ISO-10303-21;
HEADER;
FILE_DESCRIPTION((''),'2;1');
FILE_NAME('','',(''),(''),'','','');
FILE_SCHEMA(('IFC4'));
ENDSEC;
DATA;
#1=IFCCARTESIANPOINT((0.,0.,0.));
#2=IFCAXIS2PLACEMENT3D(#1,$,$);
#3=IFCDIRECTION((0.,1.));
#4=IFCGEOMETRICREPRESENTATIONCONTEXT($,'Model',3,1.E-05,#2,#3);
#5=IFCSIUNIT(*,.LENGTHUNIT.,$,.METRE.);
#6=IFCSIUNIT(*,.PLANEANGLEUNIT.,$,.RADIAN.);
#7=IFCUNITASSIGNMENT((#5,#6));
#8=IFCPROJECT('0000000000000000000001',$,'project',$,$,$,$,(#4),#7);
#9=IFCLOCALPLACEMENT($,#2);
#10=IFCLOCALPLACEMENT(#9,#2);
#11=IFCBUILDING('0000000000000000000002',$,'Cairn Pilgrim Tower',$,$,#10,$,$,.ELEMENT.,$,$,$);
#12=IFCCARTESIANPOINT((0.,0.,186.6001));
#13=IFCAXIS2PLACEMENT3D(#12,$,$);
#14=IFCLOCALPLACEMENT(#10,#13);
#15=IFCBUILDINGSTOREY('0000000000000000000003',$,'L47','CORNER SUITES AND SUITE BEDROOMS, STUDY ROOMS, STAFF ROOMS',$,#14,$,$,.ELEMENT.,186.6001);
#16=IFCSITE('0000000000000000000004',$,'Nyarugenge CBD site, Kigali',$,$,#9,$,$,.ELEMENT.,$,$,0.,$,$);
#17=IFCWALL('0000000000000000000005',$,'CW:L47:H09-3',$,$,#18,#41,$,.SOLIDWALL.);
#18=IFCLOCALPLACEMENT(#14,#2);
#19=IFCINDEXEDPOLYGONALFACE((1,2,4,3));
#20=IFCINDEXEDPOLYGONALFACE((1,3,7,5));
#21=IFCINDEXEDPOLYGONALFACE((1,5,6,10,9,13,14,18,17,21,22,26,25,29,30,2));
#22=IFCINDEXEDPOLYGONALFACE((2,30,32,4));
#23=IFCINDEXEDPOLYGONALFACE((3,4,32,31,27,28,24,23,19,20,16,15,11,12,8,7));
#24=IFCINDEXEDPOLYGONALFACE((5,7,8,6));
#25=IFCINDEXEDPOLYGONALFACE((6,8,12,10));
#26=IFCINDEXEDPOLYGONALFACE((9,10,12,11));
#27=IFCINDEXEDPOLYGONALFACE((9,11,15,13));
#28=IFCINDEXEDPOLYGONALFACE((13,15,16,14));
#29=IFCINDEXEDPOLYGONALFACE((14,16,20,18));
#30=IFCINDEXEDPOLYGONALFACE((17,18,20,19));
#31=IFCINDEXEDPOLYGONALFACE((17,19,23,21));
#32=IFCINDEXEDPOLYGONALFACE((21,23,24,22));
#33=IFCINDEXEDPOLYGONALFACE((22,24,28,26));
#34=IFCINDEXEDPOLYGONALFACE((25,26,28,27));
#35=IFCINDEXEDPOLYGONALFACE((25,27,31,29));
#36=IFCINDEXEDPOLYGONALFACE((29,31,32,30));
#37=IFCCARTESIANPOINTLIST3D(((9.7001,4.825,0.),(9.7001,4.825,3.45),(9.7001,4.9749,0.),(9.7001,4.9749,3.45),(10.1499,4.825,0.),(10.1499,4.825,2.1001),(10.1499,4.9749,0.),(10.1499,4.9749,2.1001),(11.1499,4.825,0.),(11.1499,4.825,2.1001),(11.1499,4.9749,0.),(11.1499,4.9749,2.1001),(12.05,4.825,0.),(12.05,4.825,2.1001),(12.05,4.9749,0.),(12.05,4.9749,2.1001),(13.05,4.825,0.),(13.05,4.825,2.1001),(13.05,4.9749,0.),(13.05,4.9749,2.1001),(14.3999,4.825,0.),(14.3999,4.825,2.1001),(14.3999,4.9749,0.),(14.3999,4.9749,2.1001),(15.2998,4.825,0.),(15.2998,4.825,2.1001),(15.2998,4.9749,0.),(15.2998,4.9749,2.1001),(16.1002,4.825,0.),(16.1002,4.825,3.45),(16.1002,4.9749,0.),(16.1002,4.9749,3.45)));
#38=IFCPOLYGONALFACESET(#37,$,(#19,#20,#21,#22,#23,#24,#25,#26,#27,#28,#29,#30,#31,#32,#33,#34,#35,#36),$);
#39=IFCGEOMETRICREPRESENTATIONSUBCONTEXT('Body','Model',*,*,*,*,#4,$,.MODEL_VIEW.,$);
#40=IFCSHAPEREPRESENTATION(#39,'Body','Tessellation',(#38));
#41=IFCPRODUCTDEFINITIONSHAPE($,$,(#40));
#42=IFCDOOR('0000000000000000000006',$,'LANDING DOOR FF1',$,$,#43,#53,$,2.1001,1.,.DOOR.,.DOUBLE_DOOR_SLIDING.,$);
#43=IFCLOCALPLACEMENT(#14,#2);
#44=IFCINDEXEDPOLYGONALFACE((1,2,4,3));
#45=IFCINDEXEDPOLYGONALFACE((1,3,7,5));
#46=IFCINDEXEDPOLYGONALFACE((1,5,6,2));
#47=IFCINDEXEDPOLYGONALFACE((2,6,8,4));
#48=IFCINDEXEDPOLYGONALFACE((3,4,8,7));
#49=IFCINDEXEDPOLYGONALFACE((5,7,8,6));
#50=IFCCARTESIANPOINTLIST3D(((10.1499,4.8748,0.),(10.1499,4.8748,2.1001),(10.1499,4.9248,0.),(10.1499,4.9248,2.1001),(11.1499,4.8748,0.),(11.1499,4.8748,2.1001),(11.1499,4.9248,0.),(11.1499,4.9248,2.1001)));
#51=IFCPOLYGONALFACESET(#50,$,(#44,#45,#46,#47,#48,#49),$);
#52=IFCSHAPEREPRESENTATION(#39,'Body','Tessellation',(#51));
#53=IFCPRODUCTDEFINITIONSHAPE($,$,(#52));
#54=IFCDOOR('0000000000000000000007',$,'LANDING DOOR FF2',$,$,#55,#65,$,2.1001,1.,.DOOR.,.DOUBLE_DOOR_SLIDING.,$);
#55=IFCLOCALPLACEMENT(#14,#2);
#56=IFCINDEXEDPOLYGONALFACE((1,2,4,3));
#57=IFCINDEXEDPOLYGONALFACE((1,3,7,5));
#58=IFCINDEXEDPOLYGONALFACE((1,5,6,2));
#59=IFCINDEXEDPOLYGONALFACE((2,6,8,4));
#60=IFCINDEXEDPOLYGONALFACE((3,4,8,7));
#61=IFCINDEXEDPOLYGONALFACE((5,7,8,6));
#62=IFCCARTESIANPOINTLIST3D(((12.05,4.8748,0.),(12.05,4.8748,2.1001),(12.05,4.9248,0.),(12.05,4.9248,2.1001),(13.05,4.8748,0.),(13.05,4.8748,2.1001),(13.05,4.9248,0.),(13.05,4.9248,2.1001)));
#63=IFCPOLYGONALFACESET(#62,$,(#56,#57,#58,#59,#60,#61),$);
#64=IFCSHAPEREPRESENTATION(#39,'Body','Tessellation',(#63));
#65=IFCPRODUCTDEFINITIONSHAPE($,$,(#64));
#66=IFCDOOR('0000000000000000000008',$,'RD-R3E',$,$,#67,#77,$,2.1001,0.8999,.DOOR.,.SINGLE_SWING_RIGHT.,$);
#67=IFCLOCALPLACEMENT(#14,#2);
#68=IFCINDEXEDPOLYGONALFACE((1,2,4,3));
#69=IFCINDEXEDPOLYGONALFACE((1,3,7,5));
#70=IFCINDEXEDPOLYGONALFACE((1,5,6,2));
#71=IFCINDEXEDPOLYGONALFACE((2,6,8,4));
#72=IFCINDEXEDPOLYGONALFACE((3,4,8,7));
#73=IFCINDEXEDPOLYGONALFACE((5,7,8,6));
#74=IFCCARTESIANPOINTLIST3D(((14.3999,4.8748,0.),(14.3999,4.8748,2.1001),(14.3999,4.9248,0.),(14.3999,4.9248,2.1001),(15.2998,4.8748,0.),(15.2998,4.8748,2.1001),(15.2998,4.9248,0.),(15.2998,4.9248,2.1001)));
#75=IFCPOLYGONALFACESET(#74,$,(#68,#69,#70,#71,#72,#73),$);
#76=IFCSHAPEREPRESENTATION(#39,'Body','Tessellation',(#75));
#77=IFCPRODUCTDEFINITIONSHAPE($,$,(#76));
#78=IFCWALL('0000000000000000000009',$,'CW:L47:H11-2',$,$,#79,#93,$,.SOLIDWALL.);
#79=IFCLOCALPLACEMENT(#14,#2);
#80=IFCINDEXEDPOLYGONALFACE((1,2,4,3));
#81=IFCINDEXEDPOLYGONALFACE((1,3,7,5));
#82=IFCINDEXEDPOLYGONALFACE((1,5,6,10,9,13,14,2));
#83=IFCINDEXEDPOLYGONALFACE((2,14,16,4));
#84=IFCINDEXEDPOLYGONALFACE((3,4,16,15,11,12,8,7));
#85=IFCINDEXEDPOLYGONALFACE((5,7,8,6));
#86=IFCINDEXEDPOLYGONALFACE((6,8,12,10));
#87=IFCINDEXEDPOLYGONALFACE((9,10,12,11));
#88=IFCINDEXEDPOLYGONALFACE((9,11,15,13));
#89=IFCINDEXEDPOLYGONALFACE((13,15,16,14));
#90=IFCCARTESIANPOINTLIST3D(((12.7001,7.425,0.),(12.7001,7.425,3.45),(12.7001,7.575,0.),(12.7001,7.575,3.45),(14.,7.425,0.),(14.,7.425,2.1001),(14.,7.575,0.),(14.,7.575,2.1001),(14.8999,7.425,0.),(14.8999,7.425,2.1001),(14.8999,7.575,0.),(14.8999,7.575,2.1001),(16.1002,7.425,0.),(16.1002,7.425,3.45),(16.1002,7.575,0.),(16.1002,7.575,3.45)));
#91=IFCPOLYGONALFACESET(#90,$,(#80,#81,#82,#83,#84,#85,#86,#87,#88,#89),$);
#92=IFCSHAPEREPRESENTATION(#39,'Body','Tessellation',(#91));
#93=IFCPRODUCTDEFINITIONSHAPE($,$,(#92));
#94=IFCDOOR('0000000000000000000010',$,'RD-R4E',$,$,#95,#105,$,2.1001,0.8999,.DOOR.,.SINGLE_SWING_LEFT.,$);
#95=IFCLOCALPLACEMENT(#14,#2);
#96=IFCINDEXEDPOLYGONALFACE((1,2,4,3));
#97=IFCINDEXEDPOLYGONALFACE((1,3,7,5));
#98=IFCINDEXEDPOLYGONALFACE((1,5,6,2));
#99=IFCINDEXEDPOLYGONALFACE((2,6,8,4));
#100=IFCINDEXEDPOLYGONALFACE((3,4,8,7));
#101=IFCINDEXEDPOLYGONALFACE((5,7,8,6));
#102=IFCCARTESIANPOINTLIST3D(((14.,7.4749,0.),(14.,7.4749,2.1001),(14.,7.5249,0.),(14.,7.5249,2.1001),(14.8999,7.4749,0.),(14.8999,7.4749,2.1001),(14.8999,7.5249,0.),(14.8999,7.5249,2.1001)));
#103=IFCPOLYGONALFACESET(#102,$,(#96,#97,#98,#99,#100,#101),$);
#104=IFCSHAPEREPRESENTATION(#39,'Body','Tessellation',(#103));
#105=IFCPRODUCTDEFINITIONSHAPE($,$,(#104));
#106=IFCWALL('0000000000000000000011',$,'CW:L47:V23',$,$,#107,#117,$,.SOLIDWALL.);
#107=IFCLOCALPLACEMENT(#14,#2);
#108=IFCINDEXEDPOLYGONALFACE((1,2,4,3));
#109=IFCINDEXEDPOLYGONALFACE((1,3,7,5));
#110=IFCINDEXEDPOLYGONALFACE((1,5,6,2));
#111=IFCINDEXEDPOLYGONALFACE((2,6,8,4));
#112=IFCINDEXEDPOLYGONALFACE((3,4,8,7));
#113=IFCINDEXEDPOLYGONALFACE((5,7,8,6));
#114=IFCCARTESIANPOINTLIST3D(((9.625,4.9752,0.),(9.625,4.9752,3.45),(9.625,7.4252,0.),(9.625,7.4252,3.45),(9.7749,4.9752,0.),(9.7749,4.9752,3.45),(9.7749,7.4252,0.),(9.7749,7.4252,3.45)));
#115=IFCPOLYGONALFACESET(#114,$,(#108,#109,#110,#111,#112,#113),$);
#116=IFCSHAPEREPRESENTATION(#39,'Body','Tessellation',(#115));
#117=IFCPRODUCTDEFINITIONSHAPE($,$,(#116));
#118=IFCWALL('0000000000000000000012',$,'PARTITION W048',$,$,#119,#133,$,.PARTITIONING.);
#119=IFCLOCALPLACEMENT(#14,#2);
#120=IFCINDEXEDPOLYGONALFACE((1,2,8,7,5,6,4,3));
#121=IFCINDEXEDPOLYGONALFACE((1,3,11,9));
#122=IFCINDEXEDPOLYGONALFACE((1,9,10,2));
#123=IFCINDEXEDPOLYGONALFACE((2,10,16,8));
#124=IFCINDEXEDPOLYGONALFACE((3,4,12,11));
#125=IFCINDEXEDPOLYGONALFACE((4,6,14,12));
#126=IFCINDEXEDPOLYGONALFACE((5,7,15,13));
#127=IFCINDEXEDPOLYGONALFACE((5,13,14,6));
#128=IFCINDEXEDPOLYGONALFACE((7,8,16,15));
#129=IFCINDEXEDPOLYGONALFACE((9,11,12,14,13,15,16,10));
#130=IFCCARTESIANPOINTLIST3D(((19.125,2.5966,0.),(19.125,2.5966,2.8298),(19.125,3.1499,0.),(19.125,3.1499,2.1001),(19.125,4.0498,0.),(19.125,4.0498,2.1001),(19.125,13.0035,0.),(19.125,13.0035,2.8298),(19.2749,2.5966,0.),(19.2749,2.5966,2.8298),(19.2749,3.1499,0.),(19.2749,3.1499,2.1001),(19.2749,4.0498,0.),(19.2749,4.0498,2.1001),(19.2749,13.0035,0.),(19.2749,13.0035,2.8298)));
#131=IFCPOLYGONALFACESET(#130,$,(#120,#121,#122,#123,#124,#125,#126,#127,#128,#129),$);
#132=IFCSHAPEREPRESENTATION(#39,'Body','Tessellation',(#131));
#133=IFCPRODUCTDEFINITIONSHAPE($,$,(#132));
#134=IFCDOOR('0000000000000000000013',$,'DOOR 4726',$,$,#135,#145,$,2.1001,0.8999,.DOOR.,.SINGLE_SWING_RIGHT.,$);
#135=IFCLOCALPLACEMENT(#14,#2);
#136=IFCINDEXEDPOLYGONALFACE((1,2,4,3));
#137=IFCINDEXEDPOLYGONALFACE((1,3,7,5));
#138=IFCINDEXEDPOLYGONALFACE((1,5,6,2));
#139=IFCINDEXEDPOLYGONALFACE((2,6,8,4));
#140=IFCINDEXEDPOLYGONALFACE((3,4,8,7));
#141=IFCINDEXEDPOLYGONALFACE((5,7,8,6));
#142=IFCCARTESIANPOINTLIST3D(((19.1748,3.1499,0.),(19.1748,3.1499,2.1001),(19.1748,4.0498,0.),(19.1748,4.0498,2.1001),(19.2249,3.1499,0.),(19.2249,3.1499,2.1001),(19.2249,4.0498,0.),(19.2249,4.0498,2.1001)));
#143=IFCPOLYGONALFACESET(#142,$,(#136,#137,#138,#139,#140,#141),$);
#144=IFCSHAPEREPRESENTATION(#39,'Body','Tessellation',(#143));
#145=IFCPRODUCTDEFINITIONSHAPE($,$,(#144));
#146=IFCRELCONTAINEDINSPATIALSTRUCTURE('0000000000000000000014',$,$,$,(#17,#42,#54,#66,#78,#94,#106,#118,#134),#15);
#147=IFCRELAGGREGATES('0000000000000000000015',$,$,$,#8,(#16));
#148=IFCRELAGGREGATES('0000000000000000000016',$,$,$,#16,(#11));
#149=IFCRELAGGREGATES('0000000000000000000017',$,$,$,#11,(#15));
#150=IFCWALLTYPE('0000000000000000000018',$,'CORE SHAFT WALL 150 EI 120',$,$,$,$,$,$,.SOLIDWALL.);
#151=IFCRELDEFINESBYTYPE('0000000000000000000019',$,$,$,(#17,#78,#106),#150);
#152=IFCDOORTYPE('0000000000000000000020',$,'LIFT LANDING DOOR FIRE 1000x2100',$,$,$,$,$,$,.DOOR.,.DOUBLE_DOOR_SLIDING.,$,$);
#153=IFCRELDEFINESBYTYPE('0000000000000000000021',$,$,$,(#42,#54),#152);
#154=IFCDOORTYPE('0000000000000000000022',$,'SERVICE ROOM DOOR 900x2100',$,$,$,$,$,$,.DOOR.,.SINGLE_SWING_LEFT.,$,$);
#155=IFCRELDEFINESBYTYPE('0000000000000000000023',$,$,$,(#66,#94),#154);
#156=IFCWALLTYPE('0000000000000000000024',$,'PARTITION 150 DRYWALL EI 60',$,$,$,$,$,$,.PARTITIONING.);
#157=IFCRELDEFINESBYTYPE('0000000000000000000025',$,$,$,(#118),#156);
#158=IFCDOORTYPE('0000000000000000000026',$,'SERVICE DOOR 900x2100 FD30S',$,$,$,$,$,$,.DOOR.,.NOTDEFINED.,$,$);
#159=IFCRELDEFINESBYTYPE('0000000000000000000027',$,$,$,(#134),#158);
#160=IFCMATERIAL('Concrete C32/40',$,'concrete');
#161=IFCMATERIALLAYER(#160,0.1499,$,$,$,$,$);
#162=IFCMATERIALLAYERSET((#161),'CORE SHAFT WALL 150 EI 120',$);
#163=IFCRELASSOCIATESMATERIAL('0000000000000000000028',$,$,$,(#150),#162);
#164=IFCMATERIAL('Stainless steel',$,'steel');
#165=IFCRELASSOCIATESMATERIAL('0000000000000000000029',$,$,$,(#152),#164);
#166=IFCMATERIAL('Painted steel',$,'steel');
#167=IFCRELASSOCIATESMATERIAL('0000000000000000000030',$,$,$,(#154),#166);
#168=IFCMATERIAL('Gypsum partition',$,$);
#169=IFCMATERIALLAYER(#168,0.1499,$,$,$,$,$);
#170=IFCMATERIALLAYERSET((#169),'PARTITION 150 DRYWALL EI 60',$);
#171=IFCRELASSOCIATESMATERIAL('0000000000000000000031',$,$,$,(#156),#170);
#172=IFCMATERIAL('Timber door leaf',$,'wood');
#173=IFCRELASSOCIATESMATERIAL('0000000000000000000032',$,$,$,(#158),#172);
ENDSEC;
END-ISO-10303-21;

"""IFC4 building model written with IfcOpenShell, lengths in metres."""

from ifc_helpers import new_model, si_unit, direction, frame, frame_2d, origin, place, context, subcontext, project, spatial, rectangle, extrude, material, layer, layer_set, type_object, element, fill, save


model = new_model("IFC4")

# Units and contexts
model_context = context("Model", 3, precision=1e-05, world=origin(), true_north=direction((0.0, 1.0)))
body_context = subcontext(model_context, "Body", "Model", "MODEL_VIEW")
ifc_project = project(units=[si_unit("LENGTHUNIT", "METRE"), si_unit("PLANEANGLEUNIT", "RADIAN")], contexts=[model_context])

# Site, building, storey
site_placement = place(None, origin())
site = spatial("IfcSite", under=ifc_project, at=site_placement, Name="Nyarugenge CBD site, Kigali", CompositionType="ELEMENT", RefElevation=0.0)
building_placement = place(site_placement, origin())
building = spatial("IfcBuilding", under=site, at=building_placement, Name="Cairn Pilgrim Tower", CompositionType="ELEMENT")
storey_placement = place(building_placement, frame((0.0, 0.0, 186.6001)))
storey = spatial("IfcBuildingStorey", under=building, at=storey_placement, Name="L47", Description="CORNER SUITES AND SUITE BEDROOMS, STUDY ROOMS, STAFF ROOMS", CompositionType="ELEMENT", Elevation=186.6001)

# Shared definitions
ifc_material_1 = material(Name="Concrete C32/40", Category="concrete")

# Wall, openings, doors
ifc_layer_1 = layer(ifc_material_1, 0.1499)
ifc_layer_set_1 = layer_set([ifc_layer_1], Name="CORE SHAFT WALL 150 EI 120")
wall_type_1 = type_object("IfcWallType", Name="CORE SHAFT WALL 150 EI 120", PredefinedType="SOLIDWALL", material=ifc_layer_set_1)
wall_1_placement = place(storey_placement, frame((9.7, 4.8999, 0.0), z_axis=(0.0, 0.0, 1.0), x_axis=(1.0, 0.0, 0.0)))
wall_1 = element("IfcWall", 1, at=wall_1_placement, inside=storey, type_object=wall_type_1, Name="CW:L47:H09-3", PredefinedType="SOLIDWALL", context=body_context, shape_type="SweptSolid", body=[
    extrude(rectangle(XDim=6.4001, YDim=0.1499, at=frame_2d((3.2002, 0.0))), origin(), (0.0, 0.0, 1.0), 3.45),
])
opening_1_placement = place(wall_1_placement, frame((0.45, 0.0, 0.0)))
opening_1 = element("IfcOpeningElement", 2, at=opening_1_placement, cuts=wall_1, PredefinedType="OPENING", context=body_context, shape_type="SweptSolid", body=[
    extrude(rectangle(XDim=1.0, YDim=2.1001, at=frame_2d((0.5, 1.05))), frame((0.0, 0.085, 0.0), z_axis=(0.0, -1.0, 0.0), x_axis=(1.0, 0.0, 0.0)), (0.0, 0.0, 1.0), 0.1699),
])
opening_2_placement = place(wall_1_placement, frame((2.3501, 0.0, 0.0)))
opening_2 = element("IfcOpeningElement", 3, at=opening_2_placement, cuts=wall_1, PredefinedType="OPENING", context=body_context, shape_type="SweptSolid", body=[
    extrude(rectangle(XDim=1.0, YDim=2.1001, at=frame_2d((0.5, 1.05))), frame((0.0, 0.085, 0.0), z_axis=(0.0, -1.0, 0.0), x_axis=(1.0, 0.0, 0.0)), (0.0, 0.0, 1.0), 0.1699),
])
opening_3_placement = place(wall_1_placement, frame((4.7, 0.0, 0.0)))
opening_3 = element("IfcOpeningElement", 4, at=opening_3_placement, cuts=wall_1, PredefinedType="OPENING", context=body_context, shape_type="SweptSolid", body=[
    extrude(rectangle(XDim=0.8999, YDim=2.1001, at=frame_2d((0.45, 1.05))), frame((0.0, 0.085, 0.0), z_axis=(0.0, -1.0, 0.0), x_axis=(1.0, 0.0, 0.0)), (0.0, 0.0, 1.0), 0.1699),
])
ifc_material_2 = material(Name="Stainless steel", Category="steel")
door_type_1 = type_object("IfcDoorType", Name="LIFT LANDING DOOR FIRE 1000x2100", OperationType="DOUBLE_DOOR_SLIDING", PredefinedType="DOOR", material=ifc_material_2)
door_1_placement = place(opening_1_placement, origin())
door_1 = element("IfcDoor", 5, at=door_1_placement, inside=storey, type_object=door_type_1, Name="LANDING DOOR FF1", OperationType="DOUBLE_DOOR_SLIDING", OverallHeight=2.1001, OverallWidth=1.0, PredefinedType="DOOR", context=body_context, shape_type="SweptSolid", body=[
    extrude(rectangle(XDim=1.0, YDim=2.1001, at=frame_2d((0.5, 1.05))), frame((0.0, 0.0249, 0.0), z_axis=(0.0, -1.0, 0.0), x_axis=(1.0, 0.0, 0.0)), (0.0, 0.0, 1.0), 0.05),
])
fill(opening_1, door_1)
door_2_placement = place(opening_2_placement, origin())
door_2 = element("IfcDoor", 6, at=door_2_placement, inside=storey, type_object=door_type_1, Name="LANDING DOOR FF2", OperationType="DOUBLE_DOOR_SLIDING", OverallHeight=2.1001, OverallWidth=1.0, PredefinedType="DOOR", context=body_context, shape_type="SweptSolid", body=[
    extrude(rectangle(XDim=1.0, YDim=2.1001, at=frame_2d((0.5, 1.05))), frame((0.0, 0.0249, 0.0), z_axis=(0.0, -1.0, 0.0), x_axis=(1.0, 0.0, 0.0)), (0.0, 0.0, 1.0), 0.05),
])
fill(opening_2, door_2)
ifc_material_3 = material(Name="Painted steel", Category="steel")
door_type_2 = type_object("IfcDoorType", Name="SERVICE ROOM DOOR 900x2100", OperationType="SINGLE_SWING_LEFT", PredefinedType="DOOR", material=ifc_material_3)
door_3_placement = place(opening_3_placement, origin())
door_3 = element("IfcDoor", 7, at=door_3_placement, inside=storey, type_object=door_type_2, Name="RD-R3E", OperationType="SINGLE_SWING_RIGHT", OverallHeight=2.1001, OverallWidth=0.8999, PredefinedType="DOOR", context=body_context, shape_type="SweptSolid", body=[
    extrude(rectangle(XDim=0.8999, YDim=2.1001, at=frame_2d((0.45, 1.05))), frame((0.0, 0.0249, 0.0), z_axis=(0.0, -1.0, 0.0), x_axis=(1.0, 0.0, 0.0)), (0.0, 0.0, 1.0), 0.05),
])
fill(opening_3, door_3)

# Wall, opening, door
wall_2_placement = place(storey_placement, frame((12.7, 7.5, 0.0), z_axis=(0.0, 0.0, 1.0), x_axis=(1.0, 0.0, 0.0)))
wall_2 = element("IfcWall", 8, at=wall_2_placement, inside=storey, type_object=wall_type_1, Name="CW:L47:H11-2", PredefinedType="SOLIDWALL", context=body_context, shape_type="SweptSolid", body=[
    extrude(rectangle(XDim=3.4001, YDim=0.1499, at=frame_2d((1.7002, 0.0))), origin(), (0.0, 0.0, 1.0), 3.45),
])
opening_4_placement = place(wall_2_placement, frame((1.3, 0.0, 0.0)))
opening_4 = element("IfcOpeningElement", 9, at=opening_4_placement, cuts=wall_2, PredefinedType="OPENING", context=body_context, shape_type="SweptSolid", body=[
    extrude(rectangle(XDim=0.8999, YDim=2.1001, at=frame_2d((0.45, 1.05))), frame((0.0, 0.085, 0.0), z_axis=(0.0, -1.0, 0.0), x_axis=(1.0, 0.0, 0.0)), (0.0, 0.0, 1.0), 0.1699),
])
door_4_placement = place(opening_4_placement, origin())
door_4 = element("IfcDoor", 10, at=door_4_placement, inside=storey, type_object=door_type_2, Name="RD-R4E", OperationType="SINGLE_SWING_LEFT", OverallHeight=2.1001, OverallWidth=0.8999, PredefinedType="DOOR", context=body_context, shape_type="SweptSolid", body=[
    extrude(rectangle(XDim=0.8999, YDim=2.1001, at=frame_2d((0.45, 1.05))), frame((0.0, 0.0249, 0.0), z_axis=(0.0, -1.0, 0.0), x_axis=(1.0, 0.0, 0.0)), (0.0, 0.0, 1.0), 0.05),
])
fill(opening_4, door_4)

# Wall
wall_3_placement = place(storey_placement, frame((9.7, 4.9751, 0.0), z_axis=(0.0, 0.0, 1.0), x_axis=(0.0, 1.0, 0.0)))
element("IfcWall", 11, at=wall_3_placement, inside=storey, type_object=wall_type_1, Name="CW:L47:V23", PredefinedType="SOLIDWALL", context=body_context, shape_type="SweptSolid", body=[
    extrude(rectangle(XDim=2.45, YDim=0.1499, at=frame_2d((1.2251, 0.0))), origin(), (0.0, 0.0, 1.0), 3.45),
])

# Wall, opening, door
ifc_material_4 = material(Name="Gypsum partition")
ifc_layer_2 = layer(ifc_material_4, 0.1499)
ifc_layer_set_2 = layer_set([ifc_layer_2], Name="PARTITION 150 DRYWALL EI 60")
wall_type_2 = type_object("IfcWallType", Name="PARTITION 150 DRYWALL EI 60", PredefinedType="PARTITIONING", material=ifc_layer_set_2)
wall_4_placement = place(storey_placement, frame((19.2, 2.5964, 0.0), z_axis=(0.0, 0.0, 1.0), x_axis=(0.0, 1.0, 0.0)))
wall_4 = element("IfcWall", 12, at=wall_4_placement, inside=storey, type_object=wall_type_2, Name="PARTITION W048", PredefinedType="PARTITIONING", context=body_context, shape_type="SweptSolid", body=[
    extrude(rectangle(XDim=10.407, YDim=0.1499, at=frame_2d((5.2036, 0.0))), origin(), (0.0, 0.0, 1.0), 2.8298),
])
opening_5_placement = place(wall_4_placement, frame((0.5535, 0.0, 0.0)))
opening_5 = element("IfcOpeningElement", 13, at=opening_5_placement, cuts=wall_4, PredefinedType="OPENING", context=body_context, shape_type="SweptSolid", body=[
    extrude(rectangle(XDim=0.8999, YDim=2.1001, at=frame_2d((0.45, 1.05))), frame((0.0, 0.085, 0.0), z_axis=(0.0, -1.0, 0.0), x_axis=(1.0, 0.0, 0.0)), (0.0, 0.0, 1.0), 0.1699),
])
ifc_material_5 = material(Name="Timber door leaf", Category="wood")
door_type_3 = type_object("IfcDoorType", Name="SERVICE DOOR 900x2100 FD30S", OperationType="NOTDEFINED", PredefinedType="DOOR", material=ifc_material_5)
door_5_placement = place(opening_5_placement, frame((0.8999, 0.0, 0.0), z_axis=(0.0, 0.0, 1.0), x_axis=(-1.0, 0.0, 0.0)))
door_5 = element("IfcDoor", 14, at=door_5_placement, inside=storey, type_object=door_type_3, Name="DOOR 4726", OperationType="SINGLE_SWING_RIGHT", OverallHeight=2.1001, OverallWidth=0.8999, PredefinedType="DOOR", context=body_context, shape_type="SweptSolid", body=[
    extrude(rectangle(XDim=0.8999, YDim=2.1001, at=frame_2d((0.45, 1.05))), frame((0.0, 0.0249, 0.0), z_axis=(0.0, -1.0, 0.0), x_axis=(1.0, 0.0, 0.0)), (0.0, 0.0, 1.0), 0.05),
])
fill(opening_5, door_5)

save(model, "model.ifc")
